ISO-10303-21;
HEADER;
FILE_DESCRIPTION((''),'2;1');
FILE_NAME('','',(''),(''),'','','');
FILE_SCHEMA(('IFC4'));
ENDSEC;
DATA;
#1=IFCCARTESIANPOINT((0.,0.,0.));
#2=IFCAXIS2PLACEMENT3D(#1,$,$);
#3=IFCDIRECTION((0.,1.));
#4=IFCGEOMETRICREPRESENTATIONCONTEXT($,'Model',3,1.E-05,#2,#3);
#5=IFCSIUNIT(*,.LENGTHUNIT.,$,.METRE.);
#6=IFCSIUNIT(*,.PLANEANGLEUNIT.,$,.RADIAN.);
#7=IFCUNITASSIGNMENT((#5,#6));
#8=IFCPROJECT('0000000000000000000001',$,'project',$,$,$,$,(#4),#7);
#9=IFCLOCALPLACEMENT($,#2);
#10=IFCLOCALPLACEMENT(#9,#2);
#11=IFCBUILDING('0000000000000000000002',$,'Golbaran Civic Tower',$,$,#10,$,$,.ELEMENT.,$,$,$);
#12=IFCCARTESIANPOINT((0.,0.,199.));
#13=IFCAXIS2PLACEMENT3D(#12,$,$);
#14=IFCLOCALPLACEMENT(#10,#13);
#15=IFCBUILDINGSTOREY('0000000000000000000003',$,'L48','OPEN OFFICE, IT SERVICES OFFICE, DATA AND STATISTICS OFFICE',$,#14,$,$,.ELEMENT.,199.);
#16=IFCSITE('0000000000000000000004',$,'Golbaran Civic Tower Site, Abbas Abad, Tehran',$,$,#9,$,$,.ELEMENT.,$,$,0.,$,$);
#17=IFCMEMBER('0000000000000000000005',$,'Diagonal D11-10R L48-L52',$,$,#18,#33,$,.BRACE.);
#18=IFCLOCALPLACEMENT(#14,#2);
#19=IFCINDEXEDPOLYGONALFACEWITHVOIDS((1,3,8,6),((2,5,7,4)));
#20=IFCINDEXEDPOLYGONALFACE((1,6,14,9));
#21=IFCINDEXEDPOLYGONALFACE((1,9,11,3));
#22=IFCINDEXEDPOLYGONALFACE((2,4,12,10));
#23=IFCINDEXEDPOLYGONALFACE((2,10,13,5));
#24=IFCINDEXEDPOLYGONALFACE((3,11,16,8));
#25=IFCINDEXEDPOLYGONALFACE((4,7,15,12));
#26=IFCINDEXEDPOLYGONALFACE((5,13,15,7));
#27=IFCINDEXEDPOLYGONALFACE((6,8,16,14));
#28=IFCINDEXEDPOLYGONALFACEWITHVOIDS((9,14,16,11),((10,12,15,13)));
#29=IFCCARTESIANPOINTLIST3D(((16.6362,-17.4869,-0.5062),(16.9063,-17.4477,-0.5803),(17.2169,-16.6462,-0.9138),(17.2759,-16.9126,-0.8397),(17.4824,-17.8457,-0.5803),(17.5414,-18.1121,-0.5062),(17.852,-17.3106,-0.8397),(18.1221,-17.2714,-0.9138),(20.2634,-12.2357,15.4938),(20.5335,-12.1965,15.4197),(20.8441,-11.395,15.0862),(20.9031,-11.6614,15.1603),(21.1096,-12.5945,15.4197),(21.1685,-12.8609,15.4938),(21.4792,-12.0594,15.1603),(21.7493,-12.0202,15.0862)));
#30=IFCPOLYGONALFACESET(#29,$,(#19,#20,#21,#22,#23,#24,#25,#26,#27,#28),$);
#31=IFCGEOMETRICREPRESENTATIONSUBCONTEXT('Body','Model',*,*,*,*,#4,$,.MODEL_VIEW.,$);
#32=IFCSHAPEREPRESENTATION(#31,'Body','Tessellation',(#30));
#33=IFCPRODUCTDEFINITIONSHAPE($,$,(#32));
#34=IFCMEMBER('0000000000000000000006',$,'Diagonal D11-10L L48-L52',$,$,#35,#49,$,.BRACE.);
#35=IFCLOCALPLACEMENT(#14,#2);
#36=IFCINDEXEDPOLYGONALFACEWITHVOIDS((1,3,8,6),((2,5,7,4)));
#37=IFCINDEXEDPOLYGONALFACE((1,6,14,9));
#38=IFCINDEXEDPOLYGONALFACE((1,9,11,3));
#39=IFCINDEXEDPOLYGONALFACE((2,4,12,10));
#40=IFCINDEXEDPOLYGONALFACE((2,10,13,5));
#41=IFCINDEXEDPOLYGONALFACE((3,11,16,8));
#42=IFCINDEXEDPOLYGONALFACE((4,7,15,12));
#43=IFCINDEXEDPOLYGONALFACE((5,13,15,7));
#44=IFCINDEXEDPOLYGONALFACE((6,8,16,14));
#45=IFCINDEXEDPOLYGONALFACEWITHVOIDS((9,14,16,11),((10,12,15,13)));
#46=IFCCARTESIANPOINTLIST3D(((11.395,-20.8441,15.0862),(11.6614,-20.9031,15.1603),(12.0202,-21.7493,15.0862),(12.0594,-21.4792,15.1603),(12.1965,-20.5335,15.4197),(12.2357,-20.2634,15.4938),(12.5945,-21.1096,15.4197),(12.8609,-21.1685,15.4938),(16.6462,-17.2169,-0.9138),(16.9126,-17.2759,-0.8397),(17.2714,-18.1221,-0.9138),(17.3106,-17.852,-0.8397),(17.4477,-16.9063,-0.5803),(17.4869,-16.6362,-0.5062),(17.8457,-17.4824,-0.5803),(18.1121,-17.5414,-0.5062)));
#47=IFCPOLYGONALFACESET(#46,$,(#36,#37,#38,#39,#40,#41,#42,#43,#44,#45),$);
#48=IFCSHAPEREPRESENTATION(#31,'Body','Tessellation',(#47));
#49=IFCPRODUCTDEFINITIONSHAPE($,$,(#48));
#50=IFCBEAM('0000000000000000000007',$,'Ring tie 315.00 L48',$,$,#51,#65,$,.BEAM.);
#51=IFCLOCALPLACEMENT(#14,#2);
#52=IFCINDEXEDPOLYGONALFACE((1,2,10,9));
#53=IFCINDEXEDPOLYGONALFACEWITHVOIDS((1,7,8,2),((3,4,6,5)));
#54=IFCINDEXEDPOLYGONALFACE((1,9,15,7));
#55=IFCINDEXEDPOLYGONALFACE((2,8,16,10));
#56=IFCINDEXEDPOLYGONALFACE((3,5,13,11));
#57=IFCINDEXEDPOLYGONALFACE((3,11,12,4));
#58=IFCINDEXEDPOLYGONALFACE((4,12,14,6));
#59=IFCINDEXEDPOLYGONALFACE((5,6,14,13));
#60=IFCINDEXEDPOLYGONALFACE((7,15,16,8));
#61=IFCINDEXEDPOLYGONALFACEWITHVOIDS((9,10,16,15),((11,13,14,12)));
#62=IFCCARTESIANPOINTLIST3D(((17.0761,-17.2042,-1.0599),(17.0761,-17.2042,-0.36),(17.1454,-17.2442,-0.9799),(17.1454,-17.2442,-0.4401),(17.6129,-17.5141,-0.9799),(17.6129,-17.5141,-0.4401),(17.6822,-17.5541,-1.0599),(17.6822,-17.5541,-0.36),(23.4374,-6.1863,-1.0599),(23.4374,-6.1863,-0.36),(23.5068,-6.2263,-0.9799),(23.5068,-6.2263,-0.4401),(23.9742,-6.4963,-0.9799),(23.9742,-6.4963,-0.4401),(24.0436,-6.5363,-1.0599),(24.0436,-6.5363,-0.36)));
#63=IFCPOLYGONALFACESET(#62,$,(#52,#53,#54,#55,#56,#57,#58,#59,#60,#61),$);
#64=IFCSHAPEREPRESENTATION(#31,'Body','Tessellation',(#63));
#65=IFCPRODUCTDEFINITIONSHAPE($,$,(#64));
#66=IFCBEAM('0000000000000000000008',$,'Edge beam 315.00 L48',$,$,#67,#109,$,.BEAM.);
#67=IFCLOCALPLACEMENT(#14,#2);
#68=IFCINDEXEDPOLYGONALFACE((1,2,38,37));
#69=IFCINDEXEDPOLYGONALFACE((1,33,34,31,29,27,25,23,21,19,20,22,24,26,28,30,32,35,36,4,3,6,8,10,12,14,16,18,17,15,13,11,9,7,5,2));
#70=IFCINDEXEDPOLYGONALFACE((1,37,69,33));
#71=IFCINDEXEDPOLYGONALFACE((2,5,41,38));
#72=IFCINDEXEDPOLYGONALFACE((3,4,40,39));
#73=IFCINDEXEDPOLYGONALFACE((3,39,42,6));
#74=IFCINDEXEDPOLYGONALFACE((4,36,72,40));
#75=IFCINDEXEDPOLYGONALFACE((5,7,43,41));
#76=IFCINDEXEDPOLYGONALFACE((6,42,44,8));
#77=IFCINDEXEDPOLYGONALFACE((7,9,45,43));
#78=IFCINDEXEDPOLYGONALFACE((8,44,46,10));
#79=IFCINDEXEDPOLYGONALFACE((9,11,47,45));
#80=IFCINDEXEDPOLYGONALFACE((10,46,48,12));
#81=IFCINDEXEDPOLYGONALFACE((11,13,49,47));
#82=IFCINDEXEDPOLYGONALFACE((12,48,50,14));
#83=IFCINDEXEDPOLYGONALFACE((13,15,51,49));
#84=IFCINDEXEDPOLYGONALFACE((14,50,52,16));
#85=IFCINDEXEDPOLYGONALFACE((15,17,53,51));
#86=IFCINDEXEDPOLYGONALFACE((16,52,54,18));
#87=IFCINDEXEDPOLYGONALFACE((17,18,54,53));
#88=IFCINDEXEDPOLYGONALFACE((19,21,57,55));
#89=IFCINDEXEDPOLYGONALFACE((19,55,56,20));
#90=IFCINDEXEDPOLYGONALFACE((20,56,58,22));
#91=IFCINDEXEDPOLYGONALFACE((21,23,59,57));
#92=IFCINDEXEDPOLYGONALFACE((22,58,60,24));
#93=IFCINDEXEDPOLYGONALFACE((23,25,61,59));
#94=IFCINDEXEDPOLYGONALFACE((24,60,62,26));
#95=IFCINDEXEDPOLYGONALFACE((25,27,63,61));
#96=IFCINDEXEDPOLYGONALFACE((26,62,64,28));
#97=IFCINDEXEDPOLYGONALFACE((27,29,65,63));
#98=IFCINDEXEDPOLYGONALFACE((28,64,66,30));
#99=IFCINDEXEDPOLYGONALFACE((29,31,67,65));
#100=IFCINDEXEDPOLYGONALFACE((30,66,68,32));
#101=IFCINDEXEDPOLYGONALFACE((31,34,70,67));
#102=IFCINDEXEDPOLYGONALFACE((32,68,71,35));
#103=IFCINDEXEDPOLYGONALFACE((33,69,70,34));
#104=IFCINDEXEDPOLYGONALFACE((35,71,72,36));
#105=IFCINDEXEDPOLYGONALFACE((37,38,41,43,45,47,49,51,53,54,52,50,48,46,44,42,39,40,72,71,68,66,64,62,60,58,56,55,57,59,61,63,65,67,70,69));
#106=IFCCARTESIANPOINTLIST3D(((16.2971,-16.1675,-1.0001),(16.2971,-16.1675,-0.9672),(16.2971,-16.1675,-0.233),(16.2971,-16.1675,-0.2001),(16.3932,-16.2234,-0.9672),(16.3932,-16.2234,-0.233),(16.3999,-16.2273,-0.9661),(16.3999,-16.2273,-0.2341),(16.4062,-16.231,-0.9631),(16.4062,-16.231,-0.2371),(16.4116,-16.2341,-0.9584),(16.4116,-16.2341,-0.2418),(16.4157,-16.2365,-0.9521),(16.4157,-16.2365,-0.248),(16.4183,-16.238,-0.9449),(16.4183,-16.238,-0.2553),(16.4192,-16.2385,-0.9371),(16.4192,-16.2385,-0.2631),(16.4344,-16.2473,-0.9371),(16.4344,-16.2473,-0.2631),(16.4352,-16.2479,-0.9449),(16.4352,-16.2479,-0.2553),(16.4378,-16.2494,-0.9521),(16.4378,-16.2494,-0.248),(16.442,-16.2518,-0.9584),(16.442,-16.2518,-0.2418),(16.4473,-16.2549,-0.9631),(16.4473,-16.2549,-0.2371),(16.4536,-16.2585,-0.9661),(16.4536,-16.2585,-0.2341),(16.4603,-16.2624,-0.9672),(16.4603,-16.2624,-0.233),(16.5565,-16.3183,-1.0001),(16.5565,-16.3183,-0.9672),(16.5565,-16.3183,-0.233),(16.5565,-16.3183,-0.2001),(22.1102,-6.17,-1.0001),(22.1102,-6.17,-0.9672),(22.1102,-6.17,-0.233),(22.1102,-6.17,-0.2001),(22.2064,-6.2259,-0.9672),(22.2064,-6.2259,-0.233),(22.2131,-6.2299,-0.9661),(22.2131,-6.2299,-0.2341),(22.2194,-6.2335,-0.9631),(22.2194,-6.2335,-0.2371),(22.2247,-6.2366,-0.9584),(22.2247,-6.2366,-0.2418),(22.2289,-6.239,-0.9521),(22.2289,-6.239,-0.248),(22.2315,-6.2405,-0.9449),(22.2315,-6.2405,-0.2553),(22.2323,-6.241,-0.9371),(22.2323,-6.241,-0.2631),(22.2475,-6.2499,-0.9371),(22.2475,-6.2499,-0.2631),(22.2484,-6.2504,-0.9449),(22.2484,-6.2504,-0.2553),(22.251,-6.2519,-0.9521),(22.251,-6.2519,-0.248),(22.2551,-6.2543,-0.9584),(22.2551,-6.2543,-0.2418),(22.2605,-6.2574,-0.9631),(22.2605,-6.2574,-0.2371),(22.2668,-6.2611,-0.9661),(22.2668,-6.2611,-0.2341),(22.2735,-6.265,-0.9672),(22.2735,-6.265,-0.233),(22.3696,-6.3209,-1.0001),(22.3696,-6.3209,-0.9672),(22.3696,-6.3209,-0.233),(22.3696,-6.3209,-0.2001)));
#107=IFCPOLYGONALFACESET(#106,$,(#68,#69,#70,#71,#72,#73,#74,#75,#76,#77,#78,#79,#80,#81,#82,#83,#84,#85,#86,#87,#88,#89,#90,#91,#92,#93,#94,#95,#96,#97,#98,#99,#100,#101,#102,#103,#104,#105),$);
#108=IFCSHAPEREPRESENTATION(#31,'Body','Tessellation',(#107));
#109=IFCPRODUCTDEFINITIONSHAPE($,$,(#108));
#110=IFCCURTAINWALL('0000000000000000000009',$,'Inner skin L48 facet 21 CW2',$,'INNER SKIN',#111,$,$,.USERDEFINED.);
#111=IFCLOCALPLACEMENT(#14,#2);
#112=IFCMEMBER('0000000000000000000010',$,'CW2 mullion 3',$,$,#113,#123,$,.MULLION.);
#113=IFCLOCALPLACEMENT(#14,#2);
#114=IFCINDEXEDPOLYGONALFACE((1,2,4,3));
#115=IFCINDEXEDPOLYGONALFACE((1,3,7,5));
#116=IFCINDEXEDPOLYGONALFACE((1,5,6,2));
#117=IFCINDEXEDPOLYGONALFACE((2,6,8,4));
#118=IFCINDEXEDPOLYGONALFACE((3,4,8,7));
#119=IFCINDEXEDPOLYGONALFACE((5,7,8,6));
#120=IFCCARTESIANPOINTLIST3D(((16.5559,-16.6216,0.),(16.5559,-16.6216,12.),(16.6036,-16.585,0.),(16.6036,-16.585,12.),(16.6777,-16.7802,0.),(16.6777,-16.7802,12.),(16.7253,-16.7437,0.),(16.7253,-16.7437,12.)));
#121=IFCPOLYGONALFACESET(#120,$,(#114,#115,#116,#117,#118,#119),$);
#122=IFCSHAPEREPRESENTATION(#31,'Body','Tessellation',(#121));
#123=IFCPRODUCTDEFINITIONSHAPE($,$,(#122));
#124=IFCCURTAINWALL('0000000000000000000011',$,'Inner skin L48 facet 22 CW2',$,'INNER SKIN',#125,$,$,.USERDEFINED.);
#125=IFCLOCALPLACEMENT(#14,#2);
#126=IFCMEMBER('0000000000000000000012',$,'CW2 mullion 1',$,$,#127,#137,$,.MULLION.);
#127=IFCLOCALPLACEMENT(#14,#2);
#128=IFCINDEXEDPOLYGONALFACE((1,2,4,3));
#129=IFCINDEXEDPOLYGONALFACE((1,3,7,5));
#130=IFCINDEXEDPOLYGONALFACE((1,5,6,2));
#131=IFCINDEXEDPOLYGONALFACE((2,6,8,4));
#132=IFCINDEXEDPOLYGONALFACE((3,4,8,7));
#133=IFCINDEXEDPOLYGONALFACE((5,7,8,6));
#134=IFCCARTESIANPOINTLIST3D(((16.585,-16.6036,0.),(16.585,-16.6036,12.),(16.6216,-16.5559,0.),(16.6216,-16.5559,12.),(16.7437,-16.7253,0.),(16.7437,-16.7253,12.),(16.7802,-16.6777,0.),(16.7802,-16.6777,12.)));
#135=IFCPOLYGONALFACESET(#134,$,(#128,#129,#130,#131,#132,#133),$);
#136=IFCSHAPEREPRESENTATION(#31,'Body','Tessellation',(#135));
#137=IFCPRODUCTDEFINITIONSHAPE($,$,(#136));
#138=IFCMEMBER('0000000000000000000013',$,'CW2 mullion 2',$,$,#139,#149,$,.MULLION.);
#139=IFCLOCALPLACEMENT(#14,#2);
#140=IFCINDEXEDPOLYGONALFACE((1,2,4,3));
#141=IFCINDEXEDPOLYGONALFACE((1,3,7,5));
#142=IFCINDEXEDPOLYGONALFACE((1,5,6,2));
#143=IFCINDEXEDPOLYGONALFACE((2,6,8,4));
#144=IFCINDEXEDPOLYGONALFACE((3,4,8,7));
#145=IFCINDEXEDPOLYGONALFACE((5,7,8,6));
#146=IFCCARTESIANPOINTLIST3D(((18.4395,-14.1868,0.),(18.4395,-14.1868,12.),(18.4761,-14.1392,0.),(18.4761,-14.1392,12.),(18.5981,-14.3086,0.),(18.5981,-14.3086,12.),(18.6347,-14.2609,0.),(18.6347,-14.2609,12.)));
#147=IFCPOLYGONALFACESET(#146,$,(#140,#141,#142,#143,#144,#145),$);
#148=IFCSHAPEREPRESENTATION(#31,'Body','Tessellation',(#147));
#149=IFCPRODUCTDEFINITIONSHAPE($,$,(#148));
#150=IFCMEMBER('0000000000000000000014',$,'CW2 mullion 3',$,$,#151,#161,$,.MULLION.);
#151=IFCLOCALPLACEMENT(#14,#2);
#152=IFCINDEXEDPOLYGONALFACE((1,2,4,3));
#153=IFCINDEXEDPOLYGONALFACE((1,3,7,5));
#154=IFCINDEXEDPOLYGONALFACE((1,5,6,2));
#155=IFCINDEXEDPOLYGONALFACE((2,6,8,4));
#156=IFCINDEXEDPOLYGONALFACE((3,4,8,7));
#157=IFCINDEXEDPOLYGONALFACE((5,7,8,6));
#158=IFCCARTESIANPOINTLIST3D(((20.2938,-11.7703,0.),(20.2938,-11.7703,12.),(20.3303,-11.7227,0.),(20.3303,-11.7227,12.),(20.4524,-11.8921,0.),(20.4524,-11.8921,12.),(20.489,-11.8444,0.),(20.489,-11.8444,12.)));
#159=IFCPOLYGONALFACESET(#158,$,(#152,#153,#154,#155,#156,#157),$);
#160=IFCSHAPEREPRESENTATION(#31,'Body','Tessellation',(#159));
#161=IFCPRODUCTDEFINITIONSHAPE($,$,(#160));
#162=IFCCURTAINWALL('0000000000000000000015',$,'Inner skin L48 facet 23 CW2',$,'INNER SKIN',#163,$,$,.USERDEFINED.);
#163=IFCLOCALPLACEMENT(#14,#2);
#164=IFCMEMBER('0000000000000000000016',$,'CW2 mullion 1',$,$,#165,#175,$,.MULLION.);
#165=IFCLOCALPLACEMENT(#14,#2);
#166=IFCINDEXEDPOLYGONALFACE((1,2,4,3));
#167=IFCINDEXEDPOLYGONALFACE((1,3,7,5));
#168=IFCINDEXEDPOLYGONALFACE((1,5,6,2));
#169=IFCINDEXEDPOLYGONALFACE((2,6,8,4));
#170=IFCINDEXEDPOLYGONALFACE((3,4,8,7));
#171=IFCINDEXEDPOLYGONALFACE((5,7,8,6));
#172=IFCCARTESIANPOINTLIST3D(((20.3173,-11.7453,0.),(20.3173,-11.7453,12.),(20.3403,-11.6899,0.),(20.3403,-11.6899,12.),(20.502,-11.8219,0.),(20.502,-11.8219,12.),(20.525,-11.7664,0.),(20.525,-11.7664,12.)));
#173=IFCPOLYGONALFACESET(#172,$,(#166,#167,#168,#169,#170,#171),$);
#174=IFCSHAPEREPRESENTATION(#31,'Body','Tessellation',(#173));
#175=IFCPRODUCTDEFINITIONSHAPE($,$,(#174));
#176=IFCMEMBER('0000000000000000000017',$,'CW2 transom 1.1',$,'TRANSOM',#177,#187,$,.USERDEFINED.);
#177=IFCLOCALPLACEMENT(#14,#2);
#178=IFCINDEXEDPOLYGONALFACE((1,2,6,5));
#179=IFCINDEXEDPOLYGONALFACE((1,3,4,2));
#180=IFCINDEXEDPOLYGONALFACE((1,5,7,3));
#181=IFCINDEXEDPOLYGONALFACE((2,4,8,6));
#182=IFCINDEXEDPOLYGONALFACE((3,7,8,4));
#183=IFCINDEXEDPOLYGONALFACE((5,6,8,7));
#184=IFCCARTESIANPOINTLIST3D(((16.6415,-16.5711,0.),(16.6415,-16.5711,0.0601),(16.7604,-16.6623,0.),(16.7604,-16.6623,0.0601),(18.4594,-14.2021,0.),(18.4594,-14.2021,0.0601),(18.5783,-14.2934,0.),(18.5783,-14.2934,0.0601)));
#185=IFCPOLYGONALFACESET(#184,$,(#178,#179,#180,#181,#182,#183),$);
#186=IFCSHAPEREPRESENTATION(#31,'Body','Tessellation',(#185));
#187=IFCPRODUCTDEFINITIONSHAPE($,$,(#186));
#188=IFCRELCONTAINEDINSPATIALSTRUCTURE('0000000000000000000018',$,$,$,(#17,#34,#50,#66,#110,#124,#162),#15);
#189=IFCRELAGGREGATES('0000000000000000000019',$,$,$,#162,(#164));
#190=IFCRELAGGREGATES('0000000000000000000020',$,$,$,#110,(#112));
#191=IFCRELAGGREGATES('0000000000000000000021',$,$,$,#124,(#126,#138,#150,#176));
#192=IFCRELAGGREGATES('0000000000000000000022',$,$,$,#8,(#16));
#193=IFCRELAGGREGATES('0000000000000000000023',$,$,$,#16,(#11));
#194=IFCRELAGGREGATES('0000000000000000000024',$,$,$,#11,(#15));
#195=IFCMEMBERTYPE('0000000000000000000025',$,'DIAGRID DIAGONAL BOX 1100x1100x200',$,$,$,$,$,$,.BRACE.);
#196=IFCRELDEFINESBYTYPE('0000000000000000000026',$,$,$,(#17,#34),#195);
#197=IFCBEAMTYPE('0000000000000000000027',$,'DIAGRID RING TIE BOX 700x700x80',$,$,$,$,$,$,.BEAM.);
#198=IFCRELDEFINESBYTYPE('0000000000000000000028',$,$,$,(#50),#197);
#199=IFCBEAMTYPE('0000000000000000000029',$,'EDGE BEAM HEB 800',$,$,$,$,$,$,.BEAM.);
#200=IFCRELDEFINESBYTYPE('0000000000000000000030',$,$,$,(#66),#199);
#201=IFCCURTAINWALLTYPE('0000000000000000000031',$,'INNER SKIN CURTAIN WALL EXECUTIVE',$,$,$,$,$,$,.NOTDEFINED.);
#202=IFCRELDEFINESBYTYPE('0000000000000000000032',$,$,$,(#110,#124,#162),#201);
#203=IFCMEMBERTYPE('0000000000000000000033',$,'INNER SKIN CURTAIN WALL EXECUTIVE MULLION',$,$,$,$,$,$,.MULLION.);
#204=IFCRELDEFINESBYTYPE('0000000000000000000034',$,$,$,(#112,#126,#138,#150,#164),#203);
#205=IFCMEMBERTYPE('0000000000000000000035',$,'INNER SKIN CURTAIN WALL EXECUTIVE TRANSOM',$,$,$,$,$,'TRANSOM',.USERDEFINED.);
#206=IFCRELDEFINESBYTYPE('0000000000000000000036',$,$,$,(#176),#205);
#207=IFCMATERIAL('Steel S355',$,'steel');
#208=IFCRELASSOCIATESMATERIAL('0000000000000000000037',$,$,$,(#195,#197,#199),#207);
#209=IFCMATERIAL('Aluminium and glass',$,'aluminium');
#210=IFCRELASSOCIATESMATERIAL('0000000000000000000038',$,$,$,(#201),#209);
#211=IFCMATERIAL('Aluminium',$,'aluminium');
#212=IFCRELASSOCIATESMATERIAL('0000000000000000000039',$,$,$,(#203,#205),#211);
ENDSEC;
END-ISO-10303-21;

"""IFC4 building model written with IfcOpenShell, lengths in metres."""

from ifc_helpers import new_model, si_unit, direction, frame, origin, origin_2d, place, context, subcontext, project, spatial, rectangle, hollow_rectangle, i_section, extrude, material, material_profile, profile_set, type_object, element, aggregate, save


model = new_model("IFC4")

# Units and contexts
model_context = context("Model", 3, precision=1e-05, world=origin(), true_north=direction((0.0, 1.0)))
body_context = subcontext(model_context, "Body", "Model", "MODEL_VIEW")
ifc_project = project(units=[si_unit("LENGTHUNIT", "METRE"), si_unit("PLANEANGLEUNIT", "RADIAN")], contexts=[model_context])

# Site, building, storey
site_placement = place(None, origin())
site = spatial("IfcSite", under=ifc_project, at=site_placement, Name="Golbaran Civic Tower Site, Abbas Abad, Tehran", CompositionType="ELEMENT", RefElevation=0.0)
building_placement = place(site_placement, origin())
building = spatial("IfcBuilding", under=site, at=building_placement, Name="Golbaran Civic Tower", CompositionType="ELEMENT")
storey_placement = place(building_placement, frame((0.0, 0.0, 199.0)))
storey = spatial("IfcBuildingStorey", under=building, at=storey_placement, Name="L48", Description="OPEN OFFICE, IT SERVICES OFFICE, DATA AND STATISTICS OFFICE", CompositionType="ELEMENT", Elevation=199.0)

# Members
ifc_material_1 = material(Name="Steel S355", Category="steel")
ifc_material_profile_1 = material_profile(ifc_material_1, hollow_rectangle(XDim=1.1001, YDim=1.1001, WallThickness=0.2, at=origin_2d()), Name="BOX 1100x1100x200")
ifc_profile_set_1 = profile_set([ifc_material_profile_1], Name="Steel S355")
member_type_1 = type_object("IfcMemberType", Name="DIAGRID DIAGONAL BOX 1100x1100x200", PredefinedType="BRACE", material=ifc_profile_set_1)
for number, where, z_axis, x_axis, name in (
    (1, (17.3792, -17.3792, -0.71), (0.210566, 0.304844, 0.928834), (-0.822798, 0.568334, 0.0), "Diagonal D11-10R L48-L52"),
    (2, (17.3792, -17.3792, -0.71), (-0.304844, -0.210566, 0.928834), (0.568334, -0.822798, 0.0), "Diagonal D11-10L L48-L52"),
):
    element("IfcMember", number, at=place(storey_placement, frame(where, z_axis=z_axis, x_axis=x_axis)), inside=storey, type_object=member_type_1, Name=name, PredefinedType="BRACE", context=body_context, shape_type="SweptSolid", body=[
        extrude(hollow_rectangle(XDim=1.1001, YDim=1.1001, WallThickness=0.2, at=origin_2d()), origin(), (0.0, 0.0, 1.0), 17.2258),
    ])

# Beams
ifc_material_profile_2 = material_profile(ifc_material_1, hollow_rectangle(XDim=0.7, YDim=0.7, WallThickness=0.0801, at=origin_2d()), Name="BOX 700x700x80")
ifc_profile_set_2 = profile_set([ifc_material_profile_2], Name="Steel S355")
beam_type_1 = type_object("IfcBeamType", Name="DIAGRID RING TIE BOX 700x700x80", PredefinedType="BEAM", material=ifc_profile_set_2)
beam_1_placement = place(storey_placement, frame((17.3792, -17.3792, -0.71), z_axis=(0.500011, 0.866019, 0.0), x_axis=(-0.866019, 0.500011, 0.0)))
element("IfcBeam", 3, at=beam_1_placement, inside=storey, type_object=beam_type_1, Name="Ring tie 315.00 L48", PredefinedType="BEAM", context=body_context, shape_type="SweptSolid", body=[
    extrude(hollow_rectangle(XDim=0.7, YDim=0.7, WallThickness=0.0801, at=origin_2d()), origin(), (0.0, 0.0, 1.0), 12.7224),
])
ifc_material_profile_3 = material_profile(ifc_material_1, i_section(OverallWidth=0.3, OverallDepth=0.8, WebThickness=0.0176, FlangeThickness=0.033, FilletRadius=0.03, at=origin_2d()), Name="HEB 800")
ifc_profile_set_3 = profile_set([ifc_material_profile_3], Name="Steel S355")
beam_type_2 = type_object("IfcBeamType", Name="EDGE BEAM HEB 800", PredefinedType="BEAM", material=ifc_profile_set_3)
beam_2_placement = place(storey_placement, frame((16.4268, -16.2429, -0.6001), z_axis=(0.502666, 0.864481, 0.0), x_axis=(-0.864481, 0.502666, 0.0)))
element("IfcBeam", 4, at=beam_2_placement, inside=storey, type_object=beam_type_2, Name="Edge beam 315.00 L48", PredefinedType="BEAM", context=body_context, shape_type="SweptSolid", body=[
    extrude(i_section(OverallWidth=0.3, OverallDepth=0.8, WebThickness=0.0176, FlangeThickness=0.033, FilletRadius=0.03, at=origin_2d()), origin(), (0.0, 0.0, 1.0), 11.5647),
])

# Curtain wall, member
ifc_material_2 = material(Name="Aluminium and glass", Category="aluminium")
curtain_wall_type_1 = type_object("IfcCurtainWallType", Name="INNER SKIN CURTAIN WALL EXECUTIVE", PredefinedType="NOTDEFINED", material=ifc_material_2)
curtain_wall_1_placement = place(storey_placement, origin())
curtain_wall_1 = element("IfcCurtainWall", 5, at=curtain_wall_1_placement, inside=storey, type_object=curtain_wall_type_1, Name="Inner skin L48 facet 21 CW2", ObjectType="INNER SKIN", PredefinedType="USERDEFINED")
ifc_material_3 = material(Name="Aluminium", Category="aluminium")
ifc_material_profile_4 = material_profile(ifc_material_3, rectangle(XDim=0.2, YDim=0.0601, at=origin_2d()), Name="INNER SKIN CURTAIN WALL EXECUTIVE MULLION")
ifc_profile_set_4 = profile_set([ifc_material_profile_4], Name="Aluminium")
member_type_2 = type_object("IfcMemberType", Name="INNER SKIN CURTAIN WALL EXECUTIVE MULLION", PredefinedType="MULLION", material=ifc_profile_set_4)
member_1_placement = place(storey_placement, frame((16.6406, -16.6826, 0.0), z_axis=(0.0, 0.0, 1.0), x_axis=(-0.608761, 0.793353, 0.0)))
member_1 = element("IfcMember", 6, at=member_1_placement, type_object=member_type_2, Name="CW2 mullion 3", PredefinedType="MULLION", context=body_context, shape_type="SweptSolid", body=[
    extrude(rectangle(XDim=0.2, YDim=0.0601, at=origin_2d()), origin(), (0.0, 0.0, 1.0), 12.0),
])

# Curtain wall, members
curtain_wall_2_placement = place(storey_placement, origin())
curtain_wall_2 = element("IfcCurtainWall", 7, at=curtain_wall_2_placement, inside=storey, type_object=curtain_wall_type_1, Name="Inner skin L48 facet 22 CW2", ObjectType="INNER SKIN", PredefinedType="USERDEFINED")
member_2_placement = place(storey_placement, frame((16.6826, -16.6406, 0.0), z_axis=(0.0, 0.0, 1.0), x_axis=(-0.793353, 0.608761, 0.0)))
member_2 = element("IfcMember", 8, at=member_2_placement, type_object=member_type_2, Name="CW2 mullion 1", PredefinedType="MULLION", context=body_context, shape_type="SweptSolid", body=[
    extrude(rectangle(XDim=0.2, YDim=0.0601, at=origin_2d()), origin(), (0.0, 0.0, 1.0), 12.0),
])
member_3_placement = place(storey_placement, frame((18.5371, -14.2239, 0.0), z_axis=(0.0, 0.0, 1.0), x_axis=(-0.793353, 0.608761, 0.0)))
member_3 = element("IfcMember", 9, at=member_3_placement, type_object=member_type_2, Name="CW2 mullion 2", PredefinedType="MULLION", context=body_context, shape_type="SweptSolid", body=[
    extrude(rectangle(XDim=0.2, YDim=0.0601, at=origin_2d()), origin(), (0.0, 0.0, 1.0), 12.0),
])
member_4_placement = place(storey_placement, frame((20.3914, -11.8074, 0.0), z_axis=(0.0, 0.0, 1.0), x_axis=(-0.793353, 0.608761, 0.0)))
member_4 = element("IfcMember", 10, at=member_4_placement, type_object=member_type_2, Name="CW2 mullion 3", PredefinedType="MULLION", context=body_context, shape_type="SweptSolid", body=[
    extrude(rectangle(XDim=0.2, YDim=0.0601, at=origin_2d()), origin(), (0.0, 0.0, 1.0), 12.0),
])

# Curtain wall, member
curtain_wall_3_placement = place(storey_placement, origin())
curtain_wall_3 = element("IfcCurtainWall", 11, at=curtain_wall_3_placement, inside=storey, type_object=curtain_wall_type_1, Name="Inner skin L48 facet 23 CW2", ObjectType="INNER SKIN", PredefinedType="USERDEFINED")
member_5_placement = place(storey_placement, frame((20.4211, -11.7559, 0.0), z_axis=(0.0, 0.0, 1.0), x_axis=(-0.92388, 0.382683, 0.0)))
member_5 = element("IfcMember", 12, at=member_5_placement, type_object=member_type_2, Name="CW2 mullion 1", PredefinedType="MULLION", context=body_context, shape_type="SweptSolid", body=[
    extrude(rectangle(XDim=0.2, YDim=0.0601, at=origin_2d()), origin(), (0.0, 0.0, 1.0), 12.0),
])

# Member
ifc_material_profile_5 = material_profile(ifc_material_3, rectangle(XDim=0.1499, YDim=0.0601, at=origin_2d()), Name="INNER SKIN CURTAIN WALL EXECUTIVE TRANSOM")
ifc_profile_set_5 = profile_set([ifc_material_profile_5], Name="Aluminium")
member_type_3 = type_object("IfcMemberType", Name="INNER SKIN CURTAIN WALL EXECUTIVE TRANSOM", ElementType="TRANSOM", PredefinedType="USERDEFINED", material=ifc_profile_set_5)
member_6_placement = place(storey_placement, frame((16.7009, -16.6167, 0.03), z_axis=(0.608794, 0.793329, 0.0), x_axis=(-0.793329, 0.608794, 0.0)))
member_6 = element("IfcMember", 13, at=member_6_placement, type_object=member_type_3, Name="CW2 transom 1.1", ObjectType="TRANSOM", PredefinedType="USERDEFINED", context=body_context, shape_type="SweptSolid", body=[
    extrude(rectangle(XDim=0.1499, YDim=0.0601, at=origin_2d()), origin(), (0.0, 0.0, 1.0), 2.9861),
])

aggregate(curtain_wall_3, [member_5])
aggregate(curtain_wall_1, [member_1])
aggregate(curtain_wall_2, [member_2, member_3, member_4, member_6])

save(model, "model.ifc")
